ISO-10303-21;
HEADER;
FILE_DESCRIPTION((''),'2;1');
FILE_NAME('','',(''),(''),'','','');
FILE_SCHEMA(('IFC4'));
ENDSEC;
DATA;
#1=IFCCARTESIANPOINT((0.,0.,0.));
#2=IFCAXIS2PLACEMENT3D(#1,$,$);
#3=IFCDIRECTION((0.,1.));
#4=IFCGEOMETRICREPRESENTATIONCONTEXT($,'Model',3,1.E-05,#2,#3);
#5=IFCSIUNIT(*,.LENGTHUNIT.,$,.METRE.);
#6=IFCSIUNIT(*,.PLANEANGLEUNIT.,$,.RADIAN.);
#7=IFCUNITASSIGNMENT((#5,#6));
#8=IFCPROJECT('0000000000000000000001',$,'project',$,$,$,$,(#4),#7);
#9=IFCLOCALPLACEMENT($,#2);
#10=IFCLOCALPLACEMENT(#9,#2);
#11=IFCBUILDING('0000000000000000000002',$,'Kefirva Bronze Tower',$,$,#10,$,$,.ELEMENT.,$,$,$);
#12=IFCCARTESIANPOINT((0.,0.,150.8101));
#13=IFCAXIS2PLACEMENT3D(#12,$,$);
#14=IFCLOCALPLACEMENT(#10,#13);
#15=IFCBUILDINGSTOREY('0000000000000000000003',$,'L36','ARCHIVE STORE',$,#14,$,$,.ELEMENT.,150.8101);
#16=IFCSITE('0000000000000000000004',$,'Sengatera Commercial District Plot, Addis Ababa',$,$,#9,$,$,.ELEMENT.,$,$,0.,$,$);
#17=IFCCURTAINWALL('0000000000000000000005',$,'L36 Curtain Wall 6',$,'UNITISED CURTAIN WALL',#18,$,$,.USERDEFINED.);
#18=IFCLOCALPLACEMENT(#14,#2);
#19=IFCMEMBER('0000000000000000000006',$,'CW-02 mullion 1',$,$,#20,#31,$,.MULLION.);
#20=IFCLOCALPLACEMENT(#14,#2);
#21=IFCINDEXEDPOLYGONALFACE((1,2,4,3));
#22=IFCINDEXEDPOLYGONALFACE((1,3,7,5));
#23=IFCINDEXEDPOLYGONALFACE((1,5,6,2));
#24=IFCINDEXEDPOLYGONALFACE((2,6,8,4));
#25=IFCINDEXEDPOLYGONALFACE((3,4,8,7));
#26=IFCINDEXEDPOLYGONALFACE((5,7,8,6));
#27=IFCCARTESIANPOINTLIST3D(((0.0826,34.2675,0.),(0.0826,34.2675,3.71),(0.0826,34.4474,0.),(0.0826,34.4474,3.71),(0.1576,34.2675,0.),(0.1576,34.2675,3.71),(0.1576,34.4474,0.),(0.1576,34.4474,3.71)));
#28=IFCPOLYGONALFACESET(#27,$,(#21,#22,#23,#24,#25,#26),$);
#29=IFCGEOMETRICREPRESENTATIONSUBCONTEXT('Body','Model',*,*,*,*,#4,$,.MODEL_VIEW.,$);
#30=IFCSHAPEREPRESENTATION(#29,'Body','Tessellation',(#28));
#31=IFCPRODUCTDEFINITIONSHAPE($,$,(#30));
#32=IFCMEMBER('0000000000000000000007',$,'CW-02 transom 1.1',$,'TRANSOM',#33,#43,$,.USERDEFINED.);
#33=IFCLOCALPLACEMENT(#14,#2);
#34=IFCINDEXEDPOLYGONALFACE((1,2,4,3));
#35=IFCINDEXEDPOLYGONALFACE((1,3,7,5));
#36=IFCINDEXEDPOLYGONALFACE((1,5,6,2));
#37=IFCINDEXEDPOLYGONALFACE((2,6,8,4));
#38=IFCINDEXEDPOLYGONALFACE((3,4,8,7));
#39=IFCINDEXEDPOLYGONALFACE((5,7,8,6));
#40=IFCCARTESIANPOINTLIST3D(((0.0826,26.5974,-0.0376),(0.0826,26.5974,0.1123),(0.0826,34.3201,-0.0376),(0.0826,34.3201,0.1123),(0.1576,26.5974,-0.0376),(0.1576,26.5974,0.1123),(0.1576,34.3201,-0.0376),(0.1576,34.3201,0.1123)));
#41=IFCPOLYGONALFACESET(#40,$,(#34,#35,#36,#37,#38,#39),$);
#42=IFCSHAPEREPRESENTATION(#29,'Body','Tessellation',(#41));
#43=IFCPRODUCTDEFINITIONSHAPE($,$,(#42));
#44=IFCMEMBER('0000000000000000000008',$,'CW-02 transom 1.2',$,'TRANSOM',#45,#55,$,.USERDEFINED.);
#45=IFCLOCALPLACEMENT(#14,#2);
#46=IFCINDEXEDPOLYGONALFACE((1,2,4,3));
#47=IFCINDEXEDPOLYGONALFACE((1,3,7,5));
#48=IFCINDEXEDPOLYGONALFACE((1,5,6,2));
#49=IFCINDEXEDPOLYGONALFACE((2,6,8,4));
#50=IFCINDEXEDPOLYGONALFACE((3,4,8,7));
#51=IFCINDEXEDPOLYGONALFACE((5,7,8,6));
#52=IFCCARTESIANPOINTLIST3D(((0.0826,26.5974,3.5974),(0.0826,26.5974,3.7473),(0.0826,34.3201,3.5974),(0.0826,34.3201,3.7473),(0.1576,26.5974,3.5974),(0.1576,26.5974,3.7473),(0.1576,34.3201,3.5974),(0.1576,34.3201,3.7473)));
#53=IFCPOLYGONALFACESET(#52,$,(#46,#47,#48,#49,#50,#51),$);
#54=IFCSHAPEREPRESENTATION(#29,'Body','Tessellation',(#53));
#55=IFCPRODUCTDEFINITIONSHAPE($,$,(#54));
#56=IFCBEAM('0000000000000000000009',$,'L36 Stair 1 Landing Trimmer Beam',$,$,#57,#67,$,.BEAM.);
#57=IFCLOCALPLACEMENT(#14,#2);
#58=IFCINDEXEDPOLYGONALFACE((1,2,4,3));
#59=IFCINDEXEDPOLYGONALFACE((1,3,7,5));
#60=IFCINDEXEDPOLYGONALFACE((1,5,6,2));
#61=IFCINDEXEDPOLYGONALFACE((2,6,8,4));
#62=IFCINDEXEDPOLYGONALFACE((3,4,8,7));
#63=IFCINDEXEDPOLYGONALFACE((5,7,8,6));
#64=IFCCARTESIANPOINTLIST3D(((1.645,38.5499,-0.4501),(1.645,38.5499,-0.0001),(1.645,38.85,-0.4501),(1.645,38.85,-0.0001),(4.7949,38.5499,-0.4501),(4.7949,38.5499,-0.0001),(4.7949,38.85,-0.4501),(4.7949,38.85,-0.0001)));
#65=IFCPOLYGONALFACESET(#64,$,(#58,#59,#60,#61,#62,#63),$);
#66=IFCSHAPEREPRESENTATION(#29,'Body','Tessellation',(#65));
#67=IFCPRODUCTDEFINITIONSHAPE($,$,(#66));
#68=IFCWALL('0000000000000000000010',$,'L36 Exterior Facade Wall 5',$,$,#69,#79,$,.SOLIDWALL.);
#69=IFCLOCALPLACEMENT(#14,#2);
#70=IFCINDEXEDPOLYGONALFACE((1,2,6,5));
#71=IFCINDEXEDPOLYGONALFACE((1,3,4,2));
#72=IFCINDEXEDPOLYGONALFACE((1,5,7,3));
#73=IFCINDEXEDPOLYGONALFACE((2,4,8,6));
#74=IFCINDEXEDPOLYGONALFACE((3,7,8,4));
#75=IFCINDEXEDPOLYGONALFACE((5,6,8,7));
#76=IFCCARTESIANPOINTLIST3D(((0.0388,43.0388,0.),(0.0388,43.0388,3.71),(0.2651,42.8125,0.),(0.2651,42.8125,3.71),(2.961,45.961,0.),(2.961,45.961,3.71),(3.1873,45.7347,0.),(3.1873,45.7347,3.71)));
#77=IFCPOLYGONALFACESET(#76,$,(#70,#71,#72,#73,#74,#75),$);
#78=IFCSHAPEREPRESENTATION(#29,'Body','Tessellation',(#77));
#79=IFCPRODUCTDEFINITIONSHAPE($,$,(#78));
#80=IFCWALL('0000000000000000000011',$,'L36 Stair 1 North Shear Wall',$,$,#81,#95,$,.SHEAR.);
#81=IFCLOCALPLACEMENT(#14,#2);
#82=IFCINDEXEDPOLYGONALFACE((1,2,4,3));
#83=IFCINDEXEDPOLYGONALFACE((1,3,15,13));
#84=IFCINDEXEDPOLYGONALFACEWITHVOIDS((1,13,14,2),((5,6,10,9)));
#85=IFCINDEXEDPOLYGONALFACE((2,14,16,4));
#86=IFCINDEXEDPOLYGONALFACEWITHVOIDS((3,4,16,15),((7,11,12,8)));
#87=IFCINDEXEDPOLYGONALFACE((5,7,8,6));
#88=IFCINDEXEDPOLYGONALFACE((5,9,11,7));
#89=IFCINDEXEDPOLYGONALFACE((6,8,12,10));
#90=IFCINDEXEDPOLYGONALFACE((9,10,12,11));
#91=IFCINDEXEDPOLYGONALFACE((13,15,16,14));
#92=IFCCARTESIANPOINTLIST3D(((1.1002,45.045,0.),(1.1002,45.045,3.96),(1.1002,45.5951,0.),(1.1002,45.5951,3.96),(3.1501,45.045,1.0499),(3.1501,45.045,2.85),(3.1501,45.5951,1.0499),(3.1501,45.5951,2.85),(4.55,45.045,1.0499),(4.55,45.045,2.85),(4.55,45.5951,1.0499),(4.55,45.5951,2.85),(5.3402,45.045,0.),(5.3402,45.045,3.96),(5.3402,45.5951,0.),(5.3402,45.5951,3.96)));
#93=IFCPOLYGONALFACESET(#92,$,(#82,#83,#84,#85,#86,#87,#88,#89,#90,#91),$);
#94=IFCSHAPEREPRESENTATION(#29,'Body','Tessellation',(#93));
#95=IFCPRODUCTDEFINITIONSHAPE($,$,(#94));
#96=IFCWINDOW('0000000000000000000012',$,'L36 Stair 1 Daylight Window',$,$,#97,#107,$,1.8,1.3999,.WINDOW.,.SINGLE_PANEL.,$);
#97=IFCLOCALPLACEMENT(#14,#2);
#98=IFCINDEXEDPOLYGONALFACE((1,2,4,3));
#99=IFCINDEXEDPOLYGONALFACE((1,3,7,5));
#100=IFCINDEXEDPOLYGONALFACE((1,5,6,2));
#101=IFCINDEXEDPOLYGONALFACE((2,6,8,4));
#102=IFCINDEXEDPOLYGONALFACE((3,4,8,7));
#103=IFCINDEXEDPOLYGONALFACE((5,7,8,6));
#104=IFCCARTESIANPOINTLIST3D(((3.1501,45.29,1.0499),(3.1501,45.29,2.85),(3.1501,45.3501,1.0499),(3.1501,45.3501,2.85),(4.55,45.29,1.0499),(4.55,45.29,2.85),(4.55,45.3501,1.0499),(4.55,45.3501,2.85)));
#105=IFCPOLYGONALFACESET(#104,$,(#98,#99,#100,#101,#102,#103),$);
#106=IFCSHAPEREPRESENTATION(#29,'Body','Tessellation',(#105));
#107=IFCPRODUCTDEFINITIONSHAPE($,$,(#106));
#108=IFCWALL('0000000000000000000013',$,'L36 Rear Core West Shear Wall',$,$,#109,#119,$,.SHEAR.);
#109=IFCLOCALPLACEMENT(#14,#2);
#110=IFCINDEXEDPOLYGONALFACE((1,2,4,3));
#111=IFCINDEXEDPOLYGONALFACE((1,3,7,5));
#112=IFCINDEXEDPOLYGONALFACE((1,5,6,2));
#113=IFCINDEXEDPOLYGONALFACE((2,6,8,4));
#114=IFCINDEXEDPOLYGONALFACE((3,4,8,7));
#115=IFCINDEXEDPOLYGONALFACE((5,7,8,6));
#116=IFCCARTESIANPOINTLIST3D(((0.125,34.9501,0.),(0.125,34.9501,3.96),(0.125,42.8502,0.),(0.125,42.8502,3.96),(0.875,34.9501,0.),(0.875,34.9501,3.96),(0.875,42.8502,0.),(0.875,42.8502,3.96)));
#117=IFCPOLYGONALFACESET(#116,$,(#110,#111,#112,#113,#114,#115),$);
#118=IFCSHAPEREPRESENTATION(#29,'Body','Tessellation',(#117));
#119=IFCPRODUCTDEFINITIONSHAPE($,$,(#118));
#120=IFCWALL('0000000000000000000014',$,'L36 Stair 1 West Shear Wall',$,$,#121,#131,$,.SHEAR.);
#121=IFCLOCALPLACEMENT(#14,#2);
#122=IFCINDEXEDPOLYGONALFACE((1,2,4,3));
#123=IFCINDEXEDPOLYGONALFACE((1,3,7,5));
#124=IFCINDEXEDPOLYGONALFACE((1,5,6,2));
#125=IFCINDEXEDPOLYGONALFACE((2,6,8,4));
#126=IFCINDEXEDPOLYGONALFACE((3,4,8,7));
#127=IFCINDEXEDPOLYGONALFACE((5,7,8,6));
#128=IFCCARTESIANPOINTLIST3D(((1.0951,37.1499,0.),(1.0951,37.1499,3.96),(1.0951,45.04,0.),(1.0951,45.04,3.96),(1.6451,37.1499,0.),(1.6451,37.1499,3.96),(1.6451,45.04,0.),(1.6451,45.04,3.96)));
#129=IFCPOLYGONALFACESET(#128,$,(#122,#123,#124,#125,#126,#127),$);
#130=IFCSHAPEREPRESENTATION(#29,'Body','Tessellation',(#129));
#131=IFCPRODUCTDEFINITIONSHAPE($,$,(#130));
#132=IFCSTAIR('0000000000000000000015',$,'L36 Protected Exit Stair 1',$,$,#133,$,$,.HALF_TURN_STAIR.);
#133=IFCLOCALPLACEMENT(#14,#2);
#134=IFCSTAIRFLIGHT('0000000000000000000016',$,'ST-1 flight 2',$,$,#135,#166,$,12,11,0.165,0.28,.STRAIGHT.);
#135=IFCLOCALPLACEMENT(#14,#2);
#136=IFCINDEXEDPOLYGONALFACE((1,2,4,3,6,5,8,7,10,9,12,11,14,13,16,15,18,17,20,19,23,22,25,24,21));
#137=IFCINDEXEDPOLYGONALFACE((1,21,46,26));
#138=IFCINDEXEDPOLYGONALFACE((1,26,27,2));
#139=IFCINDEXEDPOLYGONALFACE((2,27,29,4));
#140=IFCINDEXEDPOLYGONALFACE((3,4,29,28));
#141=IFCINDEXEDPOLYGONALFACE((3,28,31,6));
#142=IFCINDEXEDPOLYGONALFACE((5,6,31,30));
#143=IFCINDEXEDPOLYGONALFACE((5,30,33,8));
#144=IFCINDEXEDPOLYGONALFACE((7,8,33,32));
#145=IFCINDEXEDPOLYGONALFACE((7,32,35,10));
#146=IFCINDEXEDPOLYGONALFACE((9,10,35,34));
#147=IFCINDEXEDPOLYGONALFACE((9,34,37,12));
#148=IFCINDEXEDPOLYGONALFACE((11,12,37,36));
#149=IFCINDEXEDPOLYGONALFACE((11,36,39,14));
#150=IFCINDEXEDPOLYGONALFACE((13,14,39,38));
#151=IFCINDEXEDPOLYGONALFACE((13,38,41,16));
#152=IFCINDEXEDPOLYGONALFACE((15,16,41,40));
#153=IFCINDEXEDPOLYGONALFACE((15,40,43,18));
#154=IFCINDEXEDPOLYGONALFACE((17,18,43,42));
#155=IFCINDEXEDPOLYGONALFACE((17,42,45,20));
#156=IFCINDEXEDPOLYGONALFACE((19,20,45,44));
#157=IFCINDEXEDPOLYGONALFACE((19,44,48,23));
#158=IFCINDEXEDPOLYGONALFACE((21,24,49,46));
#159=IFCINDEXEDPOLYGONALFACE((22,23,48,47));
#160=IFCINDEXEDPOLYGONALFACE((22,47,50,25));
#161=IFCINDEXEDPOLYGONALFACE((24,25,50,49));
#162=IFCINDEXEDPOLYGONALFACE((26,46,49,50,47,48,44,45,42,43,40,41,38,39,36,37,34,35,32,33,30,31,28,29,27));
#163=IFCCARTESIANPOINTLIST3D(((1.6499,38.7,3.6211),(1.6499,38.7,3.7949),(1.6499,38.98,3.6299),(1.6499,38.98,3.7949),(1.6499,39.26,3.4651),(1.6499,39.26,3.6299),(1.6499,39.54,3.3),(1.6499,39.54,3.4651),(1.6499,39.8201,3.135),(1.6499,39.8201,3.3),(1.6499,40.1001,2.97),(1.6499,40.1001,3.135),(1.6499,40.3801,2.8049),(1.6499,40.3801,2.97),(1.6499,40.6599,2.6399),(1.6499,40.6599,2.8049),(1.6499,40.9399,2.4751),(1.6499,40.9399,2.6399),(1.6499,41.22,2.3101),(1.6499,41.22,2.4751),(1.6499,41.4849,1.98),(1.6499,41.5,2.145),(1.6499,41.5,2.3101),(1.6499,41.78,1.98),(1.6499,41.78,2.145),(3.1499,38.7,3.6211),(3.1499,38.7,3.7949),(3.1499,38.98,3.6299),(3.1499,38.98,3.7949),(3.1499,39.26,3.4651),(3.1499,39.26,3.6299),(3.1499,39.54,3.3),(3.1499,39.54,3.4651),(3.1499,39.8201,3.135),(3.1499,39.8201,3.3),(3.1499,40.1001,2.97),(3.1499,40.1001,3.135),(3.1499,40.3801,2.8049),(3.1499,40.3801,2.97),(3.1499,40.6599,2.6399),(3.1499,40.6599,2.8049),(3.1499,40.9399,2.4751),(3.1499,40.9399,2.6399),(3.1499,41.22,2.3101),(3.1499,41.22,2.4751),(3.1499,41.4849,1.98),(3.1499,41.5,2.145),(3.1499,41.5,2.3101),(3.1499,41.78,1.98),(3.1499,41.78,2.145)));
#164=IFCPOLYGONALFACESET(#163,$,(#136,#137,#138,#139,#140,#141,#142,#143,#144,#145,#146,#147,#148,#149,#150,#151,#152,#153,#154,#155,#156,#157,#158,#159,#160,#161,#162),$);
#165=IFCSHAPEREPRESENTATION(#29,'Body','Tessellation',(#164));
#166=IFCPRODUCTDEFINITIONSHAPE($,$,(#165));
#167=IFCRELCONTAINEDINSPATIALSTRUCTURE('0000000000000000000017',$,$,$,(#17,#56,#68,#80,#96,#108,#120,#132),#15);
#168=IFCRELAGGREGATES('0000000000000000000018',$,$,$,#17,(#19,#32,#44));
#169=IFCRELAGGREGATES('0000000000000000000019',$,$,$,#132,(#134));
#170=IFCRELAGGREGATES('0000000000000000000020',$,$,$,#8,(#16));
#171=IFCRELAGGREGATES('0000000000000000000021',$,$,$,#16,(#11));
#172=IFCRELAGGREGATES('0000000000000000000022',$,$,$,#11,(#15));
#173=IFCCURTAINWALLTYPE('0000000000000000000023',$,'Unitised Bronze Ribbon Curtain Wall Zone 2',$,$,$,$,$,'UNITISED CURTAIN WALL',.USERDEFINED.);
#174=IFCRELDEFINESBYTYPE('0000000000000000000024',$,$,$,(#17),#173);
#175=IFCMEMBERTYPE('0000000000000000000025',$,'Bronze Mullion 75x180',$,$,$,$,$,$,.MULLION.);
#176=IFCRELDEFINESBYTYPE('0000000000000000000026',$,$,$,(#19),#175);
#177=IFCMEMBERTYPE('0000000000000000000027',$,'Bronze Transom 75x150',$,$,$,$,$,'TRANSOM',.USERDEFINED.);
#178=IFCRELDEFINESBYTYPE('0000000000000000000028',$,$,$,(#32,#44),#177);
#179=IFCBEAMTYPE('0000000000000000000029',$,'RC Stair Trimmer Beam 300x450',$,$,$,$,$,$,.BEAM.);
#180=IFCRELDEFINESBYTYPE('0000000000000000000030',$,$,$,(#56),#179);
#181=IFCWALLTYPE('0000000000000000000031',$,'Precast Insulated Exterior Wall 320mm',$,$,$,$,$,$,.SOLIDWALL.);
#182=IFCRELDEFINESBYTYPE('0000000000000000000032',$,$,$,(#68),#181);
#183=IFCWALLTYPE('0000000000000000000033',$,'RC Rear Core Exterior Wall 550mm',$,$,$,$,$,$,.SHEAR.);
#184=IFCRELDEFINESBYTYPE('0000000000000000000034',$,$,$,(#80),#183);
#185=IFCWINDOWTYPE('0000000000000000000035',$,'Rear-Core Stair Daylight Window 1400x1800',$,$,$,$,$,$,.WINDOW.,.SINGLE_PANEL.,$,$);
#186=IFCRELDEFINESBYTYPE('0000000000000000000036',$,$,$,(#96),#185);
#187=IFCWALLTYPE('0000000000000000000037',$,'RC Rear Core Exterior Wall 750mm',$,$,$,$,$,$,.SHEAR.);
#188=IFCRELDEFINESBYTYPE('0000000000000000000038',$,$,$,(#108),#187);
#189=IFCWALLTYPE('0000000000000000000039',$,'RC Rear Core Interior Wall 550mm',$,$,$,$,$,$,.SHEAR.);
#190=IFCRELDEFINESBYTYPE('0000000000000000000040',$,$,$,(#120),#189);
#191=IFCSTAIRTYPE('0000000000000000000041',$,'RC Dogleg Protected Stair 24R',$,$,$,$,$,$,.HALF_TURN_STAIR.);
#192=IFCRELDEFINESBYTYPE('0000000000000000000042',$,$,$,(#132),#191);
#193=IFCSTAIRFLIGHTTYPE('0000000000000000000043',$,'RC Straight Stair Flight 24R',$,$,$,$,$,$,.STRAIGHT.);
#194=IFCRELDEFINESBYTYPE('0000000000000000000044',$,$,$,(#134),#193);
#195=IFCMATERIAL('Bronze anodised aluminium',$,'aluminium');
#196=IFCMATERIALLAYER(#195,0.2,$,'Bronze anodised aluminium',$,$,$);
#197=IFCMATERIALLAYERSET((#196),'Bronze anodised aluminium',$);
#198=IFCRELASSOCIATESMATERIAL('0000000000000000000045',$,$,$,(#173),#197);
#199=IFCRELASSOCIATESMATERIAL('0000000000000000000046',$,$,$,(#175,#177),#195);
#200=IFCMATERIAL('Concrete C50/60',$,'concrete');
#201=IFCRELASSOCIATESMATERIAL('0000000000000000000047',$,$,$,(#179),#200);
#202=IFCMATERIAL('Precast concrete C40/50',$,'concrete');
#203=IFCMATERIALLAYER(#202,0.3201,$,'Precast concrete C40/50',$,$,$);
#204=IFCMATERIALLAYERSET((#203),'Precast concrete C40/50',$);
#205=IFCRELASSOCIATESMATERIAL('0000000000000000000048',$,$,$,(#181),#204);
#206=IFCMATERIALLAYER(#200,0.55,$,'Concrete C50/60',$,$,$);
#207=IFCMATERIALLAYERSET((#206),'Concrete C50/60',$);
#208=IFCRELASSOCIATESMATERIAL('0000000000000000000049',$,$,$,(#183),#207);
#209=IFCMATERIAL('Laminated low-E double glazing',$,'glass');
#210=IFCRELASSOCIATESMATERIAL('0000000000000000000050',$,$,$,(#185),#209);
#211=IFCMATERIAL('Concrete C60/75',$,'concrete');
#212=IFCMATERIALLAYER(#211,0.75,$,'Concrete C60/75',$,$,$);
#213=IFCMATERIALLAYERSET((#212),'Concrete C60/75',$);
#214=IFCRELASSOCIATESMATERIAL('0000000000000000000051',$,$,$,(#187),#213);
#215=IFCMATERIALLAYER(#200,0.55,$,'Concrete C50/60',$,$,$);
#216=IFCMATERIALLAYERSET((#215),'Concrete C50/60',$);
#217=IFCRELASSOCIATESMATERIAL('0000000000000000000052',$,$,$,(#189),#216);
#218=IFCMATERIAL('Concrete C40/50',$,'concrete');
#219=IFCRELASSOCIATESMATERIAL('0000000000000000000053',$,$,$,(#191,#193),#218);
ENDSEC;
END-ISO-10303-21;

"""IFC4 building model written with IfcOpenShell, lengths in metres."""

from ifc_helpers import new_model, si_unit, direction, frame, frame_2d, origin, origin_2d, place, context, subcontext, project, spatial, polyline, rectangle, outline, extrude, material, layer, layer_set, material_profile, profile_set, type_object, element, fill, aggregate, save


model = new_model("IFC4")

# Units and contexts
model_context = context("Model", 3, precision=1e-05, world=origin(), true_north=direction((0.0, 1.0)))
body_context = subcontext(model_context, "Body", "Model", "MODEL_VIEW")
ifc_project = project(units=[si_unit("LENGTHUNIT", "METRE"), si_unit("PLANEANGLEUNIT", "RADIAN")], contexts=[model_context])

# Site, building, storey
site_placement = place(None, origin())
site = spatial("IfcSite", under=ifc_project, at=site_placement, Name="Sengatera Commercial District Plot, Addis Ababa", CompositionType="ELEMENT", RefElevation=0.0)
building_placement = place(site_placement, origin())
building = spatial("IfcBuilding", under=site, at=building_placement, Name="Kefirva Bronze Tower", CompositionType="ELEMENT")
storey_placement = place(building_placement, frame((0.0, 0.0, 150.8101)))
storey = spatial("IfcBuildingStorey", under=building, at=storey_placement, Name="L36", Description="ARCHIVE STORE", CompositionType="ELEMENT", Elevation=150.8101)

# Curtain wall, members
ifc_material_1 = material(Name="Bronze anodised aluminium", Category="aluminium")
ifc_layer_1 = layer(ifc_material_1, 0.2, Name="Bronze anodised aluminium")
ifc_layer_set_1 = layer_set([ifc_layer_1], Name="Bronze anodised aluminium")
curtain_wall_type = type_object("IfcCurtainWallType", Name="Unitised Bronze Ribbon Curtain Wall Zone 2", ElementType="UNITISED CURTAIN WALL", PredefinedType="USERDEFINED", material=ifc_layer_set_1)
curtain_wall_placement = place(storey_placement, origin())
curtain_wall = element("IfcCurtainWall", 1, at=curtain_wall_placement, inside=storey, type_object=curtain_wall_type, Name="L36 Curtain Wall 6", ObjectType="UNITISED CURTAIN WALL", PredefinedType="USERDEFINED")
ifc_material_profile_1 = material_profile(ifc_material_1, rectangle(XDim=0.075, YDim=0.1799, at=origin_2d()), Name="ALU 75x180")
ifc_profile_set_1 = profile_set([ifc_material_profile_1], Name="Bronze anodised aluminium")
member_type_1 = type_object("IfcMemberType", Name="Bronze Mullion 75x180", PredefinedType="MULLION", material=ifc_profile_set_1)
member_1_placement = place(storey_placement, frame((0.1201, 34.3574, 0.0), z_axis=(0.0, 0.0, 1.0), x_axis=(1.0, 0.0, 0.0)))
member_1 = element("IfcMember", 2, at=member_1_placement, type_object=member_type_1, Name="CW-02 mullion 1", PredefinedType="MULLION", context=body_context, shape_type="SweptSolid", body=[
    extrude(rectangle(XDim=0.075, YDim=0.1799, at=origin_2d()), origin(), (0.0, 0.0, 1.0), 3.71),
])
ifc_material_profile_2 = material_profile(ifc_material_1, rectangle(XDim=0.075, YDim=0.1499, at=origin_2d()), Name="ALU 75x150")
ifc_profile_set_2 = profile_set([ifc_material_profile_2], Name="Bronze anodised aluminium")
member_type_2 = type_object("IfcMemberType", Name="Bronze Transom 75x150", ElementType="TRANSOM", PredefinedType="USERDEFINED", material=ifc_profile_set_2)
member_2_placement = place(storey_placement, frame((0.1201, 34.3201, 0.0374), z_axis=(0.0, -1.0, 0.0), x_axis=(1.0, 0.0, 0.0)))
member_2 = element("IfcMember", 3, at=member_2_placement, type_object=member_type_2, Name="CW-02 transom 1.1", ObjectType="TRANSOM", PredefinedType="USERDEFINED", context=body_context, shape_type="SweptSolid", body=[
    extrude(rectangle(XDim=0.075, YDim=0.1499, at=origin_2d()), origin(), (0.0, 0.0, 1.0), 7.7227),
])
member_3_placement = place(storey_placement, frame((0.1201, 34.3201, 3.6724), z_axis=(0.0, -1.0, 0.0), x_axis=(1.0, 0.0, 0.0)))
member_3 = element("IfcMember", 4, at=member_3_placement, type_object=member_type_2, Name="CW-02 transom 1.2", ObjectType="TRANSOM", PredefinedType="USERDEFINED", context=body_context, shape_type="SweptSolid", body=[
    extrude(rectangle(XDim=0.075, YDim=0.1499, at=origin_2d()), origin(), (0.0, 0.0, 1.0), 7.7227),
])
aggregate(curtain_wall, [member_1, member_2, member_3])

# Beam
ifc_material_2 = material(Name="Concrete C50/60", Category="concrete")
ifc_material_profile_3 = material_profile(ifc_material_2, rectangle(XDim=0.3, YDim=0.45, at=origin_2d()), Name="RC 300x450")
ifc_profile_set_3 = profile_set([ifc_material_profile_3], Name="Concrete C50/60")
beam_type = type_object("IfcBeamType", Name="RC Stair Trimmer Beam 300x450", PredefinedType="BEAM", material=ifc_profile_set_3)
beam_placement = place(storey_placement, frame((1.645, 38.7, -0.2251), z_axis=(1.0, 0.0, 0.0), x_axis=(0.0, 1.0, 0.0)))
element("IfcBeam", 5, at=beam_placement, inside=storey, type_object=beam_type, Name="L36 Stair 1 Landing Trimmer Beam", PredefinedType="BEAM", context=body_context, shape_type="SweptSolid", body=[
    extrude(rectangle(XDim=0.3, YDim=0.45, at=origin_2d()), origin(), (0.0, 0.0, 1.0), 3.1499),
])

# Wall
ifc_material_3 = material(Name="Precast concrete C40/50", Category="concrete")
ifc_layer_2 = layer(ifc_material_3, 0.3201, Name="Precast concrete C40/50")
ifc_layer_set_2 = layer_set([ifc_layer_2], Name="Precast concrete C40/50")
wall_type_1 = type_object("IfcWallType", Name="Precast Insulated Exterior Wall 320mm", PredefinedType="SOLIDWALL", material=ifc_layer_set_2)
wall_1_placement = place(storey_placement, frame((3.0742, 45.8479, 0.0), z_axis=(0.0, 0.0, 1.0), x_axis=(-0.707107, -0.707107, 0.0)))
element("IfcWall", 6, at=wall_1_placement, inside=storey, type_object=wall_type_1, Name="L36 Exterior Facade Wall 5", PredefinedType="SOLIDWALL", context=body_context, shape_type="SweptSolid", body=[
    extrude(rectangle(XDim=4.1326, YDim=0.3201, at=frame_2d((2.0664, 0.0))), origin(), (0.0, 0.0, 1.0), 3.71),
])

# Wall, opening, window
ifc_layer_3 = layer(ifc_material_2, 0.55, Name="Concrete C50/60")
ifc_layer_set_3 = layer_set([ifc_layer_3], Name="Concrete C50/60")
wall_type_2 = type_object("IfcWallType", Name="RC Rear Core Exterior Wall 550mm", PredefinedType="SHEAR", material=ifc_layer_set_3)
wall_2_placement = place(storey_placement, frame((1.1001, 45.3201, 0.0), z_axis=(0.0, 0.0, 1.0), x_axis=(1.0, 0.0, 0.0)))
wall_2 = element("IfcWall", 7, at=wall_2_placement, inside=storey, type_object=wall_type_2, Name="L36 Stair 1 North Shear Wall", PredefinedType="SHEAR", context=body_context, shape_type="SweptSolid", body=[
    extrude(rectangle(XDim=4.24, YDim=0.55, at=frame_2d((2.1201, 0.0))), origin(), (0.0, 0.0, 1.0), 3.96),
])
opening_1_placement = place(wall_2_placement, frame((2.05, 0.0, 1.05)))
opening_1 = element("IfcOpeningElement", 8, at=opening_1_placement, cuts=wall_2, PredefinedType="OPENING", context=body_context, shape_type="SweptSolid", body=[
    extrude(rectangle(XDim=1.3999, YDim=1.8, at=frame_2d((0.7, 0.8999))), frame((0.0, 0.2852, 0.0), z_axis=(0.0, -1.0, 0.0), x_axis=(1.0, 0.0, 0.0)), (0.0, 0.0, 1.0), 0.5701),
])
ifc_material_4 = material(Name="Laminated low-E double glazing", Category="glass")
window_type = type_object("IfcWindowType", Name="Rear-Core Stair Daylight Window 1400x1800", PartitioningType="SINGLE_PANEL", PredefinedType="WINDOW", material=ifc_material_4)
window_placement = place(opening_1_placement, origin())
window = element("IfcWindow", 9, at=window_placement, inside=storey, type_object=window_type, Name="L36 Stair 1 Daylight Window", OverallHeight=1.8, OverallWidth=1.3999, PartitioningType="SINGLE_PANEL", PredefinedType="WINDOW", context=body_context, shape_type="SweptSolid", body=[
    extrude(rectangle(XDim=1.3999, YDim=1.8, at=frame_2d((0.7, 0.8999))), frame((0.0, 0.03, 0.0), z_axis=(0.0, -1.0, 0.0), x_axis=(1.0, 0.0, 0.0)), (0.0, 0.0, 1.0), 0.0601),
])
fill(opening_1, window)

# Walls
ifc_material_5 = material(Name="Concrete C60/75", Category="concrete")
ifc_layer_4 = layer(ifc_material_5, 0.75, Name="Concrete C60/75")
ifc_layer_set_4 = layer_set([ifc_layer_4], Name="Concrete C60/75")
wall_type_3 = type_object("IfcWallType", Name="RC Rear Core Exterior Wall 750mm", PredefinedType="SHEAR", material=ifc_layer_set_4)
wall_3_placement = place(storey_placement, frame((0.5, 34.95, 0.0), z_axis=(0.0, 0.0, 1.0), x_axis=(0.0, 1.0, 0.0)))
element("IfcWall", 10, at=wall_3_placement, inside=storey, type_object=wall_type_3, Name="L36 Rear Core West Shear Wall", PredefinedType="SHEAR", context=body_context, shape_type="SweptSolid", body=[
    extrude(rectangle(XDim=7.9001, YDim=0.75, at=frame_2d((3.9502, 0.0))), origin(), (0.0, 0.0, 1.0), 3.96),
])
ifc_layer_5 = layer(ifc_material_2, 0.55, Name="Concrete C50/60")
ifc_layer_set_5 = layer_set([ifc_layer_5], Name="Concrete C50/60")
wall_type_4 = type_object("IfcWallType", Name="RC Rear Core Interior Wall 550mm", PredefinedType="SHEAR", material=ifc_layer_set_5)
wall_4_placement = place(storey_placement, frame((1.3701, 37.1499, 0.0), z_axis=(0.0, 0.0, 1.0), x_axis=(0.0, 1.0, 0.0)))
element("IfcWall", 11, at=wall_4_placement, inside=storey, type_object=wall_type_4, Name="L36 Stair 1 West Shear Wall", PredefinedType="SHEAR", context=body_context, shape_type="SweptSolid", body=[
    extrude(rectangle(XDim=7.8901, YDim=0.55, at=frame_2d((3.9451, 0.0))), origin(), (0.0, 0.0, 1.0), 3.96),
])

# Stair, stair flight
ifc_material_6 = material(Name="Concrete C40/50", Category="concrete")
stair_type = type_object("IfcStairType", Name="RC Dogleg Protected Stair 24R", PredefinedType="HALF_TURN_STAIR", material=ifc_material_6)
stair_placement = place(storey_placement, origin())
stair = element("IfcStair", 12, at=stair_placement, inside=storey, type_object=stair_type, Name="L36 Protected Exit Stair 1", PredefinedType="HALF_TURN_STAIR")
stair_flight_type = type_object("IfcStairFlightType", Name="RC Straight Stair Flight 24R", PredefinedType="STRAIGHT", material=ifc_material_6)
stair_flight_placement = place(storey_placement, frame((2.3999, 41.78, 1.98), z_axis=(0.0, 0.0, 1.0), x_axis=(0.0, -1.0, 0.0)))
stair_flight = element("IfcStairFlight", 13, at=stair_flight_placement, type_object=stair_flight_type, Name="ST-1 flight 2", NumberOfRisers=12, NumberOfTreads=11, PredefinedType="STRAIGHT", RiserHeight=0.165, TreadLength=0.28, context=body_context, shape_type="SweptSolid", body=[
    extrude(outline(polyline([(0.0, 0.0), (0.0, 0.165), (0.28, 0.165), (0.28, 0.3301), (0.5601, 0.3301), (0.5601, 0.4951), (0.8401, 0.4951), (0.8401, 0.6599), (1.1201, 0.6599), (1.1201, 0.825), (1.3999, 0.825), (1.3999, 0.99), (1.6799, 0.99), (1.6799, 1.155), (1.96, 1.155), (1.96, 1.3201), (2.24, 1.3201), (2.24, 1.4851), (2.52, 1.4851), (2.52, 1.6499), (2.8, 1.6499), (2.8, 1.8149), (3.0801, 1.8149), (3.0801, 1.98), (3.0801, 1.6411), (0.2952, 0.0), (0.0, 0.0)])), frame((0.0, 0.75, 0.0), z_axis=(0.0, -1.0, 0.0), x_axis=(1.0, 0.0, 0.0)), (0.0, 0.0, 1.0), 1.5),
])
aggregate(stair, [stair_flight])

save(model, "model.ifc")
